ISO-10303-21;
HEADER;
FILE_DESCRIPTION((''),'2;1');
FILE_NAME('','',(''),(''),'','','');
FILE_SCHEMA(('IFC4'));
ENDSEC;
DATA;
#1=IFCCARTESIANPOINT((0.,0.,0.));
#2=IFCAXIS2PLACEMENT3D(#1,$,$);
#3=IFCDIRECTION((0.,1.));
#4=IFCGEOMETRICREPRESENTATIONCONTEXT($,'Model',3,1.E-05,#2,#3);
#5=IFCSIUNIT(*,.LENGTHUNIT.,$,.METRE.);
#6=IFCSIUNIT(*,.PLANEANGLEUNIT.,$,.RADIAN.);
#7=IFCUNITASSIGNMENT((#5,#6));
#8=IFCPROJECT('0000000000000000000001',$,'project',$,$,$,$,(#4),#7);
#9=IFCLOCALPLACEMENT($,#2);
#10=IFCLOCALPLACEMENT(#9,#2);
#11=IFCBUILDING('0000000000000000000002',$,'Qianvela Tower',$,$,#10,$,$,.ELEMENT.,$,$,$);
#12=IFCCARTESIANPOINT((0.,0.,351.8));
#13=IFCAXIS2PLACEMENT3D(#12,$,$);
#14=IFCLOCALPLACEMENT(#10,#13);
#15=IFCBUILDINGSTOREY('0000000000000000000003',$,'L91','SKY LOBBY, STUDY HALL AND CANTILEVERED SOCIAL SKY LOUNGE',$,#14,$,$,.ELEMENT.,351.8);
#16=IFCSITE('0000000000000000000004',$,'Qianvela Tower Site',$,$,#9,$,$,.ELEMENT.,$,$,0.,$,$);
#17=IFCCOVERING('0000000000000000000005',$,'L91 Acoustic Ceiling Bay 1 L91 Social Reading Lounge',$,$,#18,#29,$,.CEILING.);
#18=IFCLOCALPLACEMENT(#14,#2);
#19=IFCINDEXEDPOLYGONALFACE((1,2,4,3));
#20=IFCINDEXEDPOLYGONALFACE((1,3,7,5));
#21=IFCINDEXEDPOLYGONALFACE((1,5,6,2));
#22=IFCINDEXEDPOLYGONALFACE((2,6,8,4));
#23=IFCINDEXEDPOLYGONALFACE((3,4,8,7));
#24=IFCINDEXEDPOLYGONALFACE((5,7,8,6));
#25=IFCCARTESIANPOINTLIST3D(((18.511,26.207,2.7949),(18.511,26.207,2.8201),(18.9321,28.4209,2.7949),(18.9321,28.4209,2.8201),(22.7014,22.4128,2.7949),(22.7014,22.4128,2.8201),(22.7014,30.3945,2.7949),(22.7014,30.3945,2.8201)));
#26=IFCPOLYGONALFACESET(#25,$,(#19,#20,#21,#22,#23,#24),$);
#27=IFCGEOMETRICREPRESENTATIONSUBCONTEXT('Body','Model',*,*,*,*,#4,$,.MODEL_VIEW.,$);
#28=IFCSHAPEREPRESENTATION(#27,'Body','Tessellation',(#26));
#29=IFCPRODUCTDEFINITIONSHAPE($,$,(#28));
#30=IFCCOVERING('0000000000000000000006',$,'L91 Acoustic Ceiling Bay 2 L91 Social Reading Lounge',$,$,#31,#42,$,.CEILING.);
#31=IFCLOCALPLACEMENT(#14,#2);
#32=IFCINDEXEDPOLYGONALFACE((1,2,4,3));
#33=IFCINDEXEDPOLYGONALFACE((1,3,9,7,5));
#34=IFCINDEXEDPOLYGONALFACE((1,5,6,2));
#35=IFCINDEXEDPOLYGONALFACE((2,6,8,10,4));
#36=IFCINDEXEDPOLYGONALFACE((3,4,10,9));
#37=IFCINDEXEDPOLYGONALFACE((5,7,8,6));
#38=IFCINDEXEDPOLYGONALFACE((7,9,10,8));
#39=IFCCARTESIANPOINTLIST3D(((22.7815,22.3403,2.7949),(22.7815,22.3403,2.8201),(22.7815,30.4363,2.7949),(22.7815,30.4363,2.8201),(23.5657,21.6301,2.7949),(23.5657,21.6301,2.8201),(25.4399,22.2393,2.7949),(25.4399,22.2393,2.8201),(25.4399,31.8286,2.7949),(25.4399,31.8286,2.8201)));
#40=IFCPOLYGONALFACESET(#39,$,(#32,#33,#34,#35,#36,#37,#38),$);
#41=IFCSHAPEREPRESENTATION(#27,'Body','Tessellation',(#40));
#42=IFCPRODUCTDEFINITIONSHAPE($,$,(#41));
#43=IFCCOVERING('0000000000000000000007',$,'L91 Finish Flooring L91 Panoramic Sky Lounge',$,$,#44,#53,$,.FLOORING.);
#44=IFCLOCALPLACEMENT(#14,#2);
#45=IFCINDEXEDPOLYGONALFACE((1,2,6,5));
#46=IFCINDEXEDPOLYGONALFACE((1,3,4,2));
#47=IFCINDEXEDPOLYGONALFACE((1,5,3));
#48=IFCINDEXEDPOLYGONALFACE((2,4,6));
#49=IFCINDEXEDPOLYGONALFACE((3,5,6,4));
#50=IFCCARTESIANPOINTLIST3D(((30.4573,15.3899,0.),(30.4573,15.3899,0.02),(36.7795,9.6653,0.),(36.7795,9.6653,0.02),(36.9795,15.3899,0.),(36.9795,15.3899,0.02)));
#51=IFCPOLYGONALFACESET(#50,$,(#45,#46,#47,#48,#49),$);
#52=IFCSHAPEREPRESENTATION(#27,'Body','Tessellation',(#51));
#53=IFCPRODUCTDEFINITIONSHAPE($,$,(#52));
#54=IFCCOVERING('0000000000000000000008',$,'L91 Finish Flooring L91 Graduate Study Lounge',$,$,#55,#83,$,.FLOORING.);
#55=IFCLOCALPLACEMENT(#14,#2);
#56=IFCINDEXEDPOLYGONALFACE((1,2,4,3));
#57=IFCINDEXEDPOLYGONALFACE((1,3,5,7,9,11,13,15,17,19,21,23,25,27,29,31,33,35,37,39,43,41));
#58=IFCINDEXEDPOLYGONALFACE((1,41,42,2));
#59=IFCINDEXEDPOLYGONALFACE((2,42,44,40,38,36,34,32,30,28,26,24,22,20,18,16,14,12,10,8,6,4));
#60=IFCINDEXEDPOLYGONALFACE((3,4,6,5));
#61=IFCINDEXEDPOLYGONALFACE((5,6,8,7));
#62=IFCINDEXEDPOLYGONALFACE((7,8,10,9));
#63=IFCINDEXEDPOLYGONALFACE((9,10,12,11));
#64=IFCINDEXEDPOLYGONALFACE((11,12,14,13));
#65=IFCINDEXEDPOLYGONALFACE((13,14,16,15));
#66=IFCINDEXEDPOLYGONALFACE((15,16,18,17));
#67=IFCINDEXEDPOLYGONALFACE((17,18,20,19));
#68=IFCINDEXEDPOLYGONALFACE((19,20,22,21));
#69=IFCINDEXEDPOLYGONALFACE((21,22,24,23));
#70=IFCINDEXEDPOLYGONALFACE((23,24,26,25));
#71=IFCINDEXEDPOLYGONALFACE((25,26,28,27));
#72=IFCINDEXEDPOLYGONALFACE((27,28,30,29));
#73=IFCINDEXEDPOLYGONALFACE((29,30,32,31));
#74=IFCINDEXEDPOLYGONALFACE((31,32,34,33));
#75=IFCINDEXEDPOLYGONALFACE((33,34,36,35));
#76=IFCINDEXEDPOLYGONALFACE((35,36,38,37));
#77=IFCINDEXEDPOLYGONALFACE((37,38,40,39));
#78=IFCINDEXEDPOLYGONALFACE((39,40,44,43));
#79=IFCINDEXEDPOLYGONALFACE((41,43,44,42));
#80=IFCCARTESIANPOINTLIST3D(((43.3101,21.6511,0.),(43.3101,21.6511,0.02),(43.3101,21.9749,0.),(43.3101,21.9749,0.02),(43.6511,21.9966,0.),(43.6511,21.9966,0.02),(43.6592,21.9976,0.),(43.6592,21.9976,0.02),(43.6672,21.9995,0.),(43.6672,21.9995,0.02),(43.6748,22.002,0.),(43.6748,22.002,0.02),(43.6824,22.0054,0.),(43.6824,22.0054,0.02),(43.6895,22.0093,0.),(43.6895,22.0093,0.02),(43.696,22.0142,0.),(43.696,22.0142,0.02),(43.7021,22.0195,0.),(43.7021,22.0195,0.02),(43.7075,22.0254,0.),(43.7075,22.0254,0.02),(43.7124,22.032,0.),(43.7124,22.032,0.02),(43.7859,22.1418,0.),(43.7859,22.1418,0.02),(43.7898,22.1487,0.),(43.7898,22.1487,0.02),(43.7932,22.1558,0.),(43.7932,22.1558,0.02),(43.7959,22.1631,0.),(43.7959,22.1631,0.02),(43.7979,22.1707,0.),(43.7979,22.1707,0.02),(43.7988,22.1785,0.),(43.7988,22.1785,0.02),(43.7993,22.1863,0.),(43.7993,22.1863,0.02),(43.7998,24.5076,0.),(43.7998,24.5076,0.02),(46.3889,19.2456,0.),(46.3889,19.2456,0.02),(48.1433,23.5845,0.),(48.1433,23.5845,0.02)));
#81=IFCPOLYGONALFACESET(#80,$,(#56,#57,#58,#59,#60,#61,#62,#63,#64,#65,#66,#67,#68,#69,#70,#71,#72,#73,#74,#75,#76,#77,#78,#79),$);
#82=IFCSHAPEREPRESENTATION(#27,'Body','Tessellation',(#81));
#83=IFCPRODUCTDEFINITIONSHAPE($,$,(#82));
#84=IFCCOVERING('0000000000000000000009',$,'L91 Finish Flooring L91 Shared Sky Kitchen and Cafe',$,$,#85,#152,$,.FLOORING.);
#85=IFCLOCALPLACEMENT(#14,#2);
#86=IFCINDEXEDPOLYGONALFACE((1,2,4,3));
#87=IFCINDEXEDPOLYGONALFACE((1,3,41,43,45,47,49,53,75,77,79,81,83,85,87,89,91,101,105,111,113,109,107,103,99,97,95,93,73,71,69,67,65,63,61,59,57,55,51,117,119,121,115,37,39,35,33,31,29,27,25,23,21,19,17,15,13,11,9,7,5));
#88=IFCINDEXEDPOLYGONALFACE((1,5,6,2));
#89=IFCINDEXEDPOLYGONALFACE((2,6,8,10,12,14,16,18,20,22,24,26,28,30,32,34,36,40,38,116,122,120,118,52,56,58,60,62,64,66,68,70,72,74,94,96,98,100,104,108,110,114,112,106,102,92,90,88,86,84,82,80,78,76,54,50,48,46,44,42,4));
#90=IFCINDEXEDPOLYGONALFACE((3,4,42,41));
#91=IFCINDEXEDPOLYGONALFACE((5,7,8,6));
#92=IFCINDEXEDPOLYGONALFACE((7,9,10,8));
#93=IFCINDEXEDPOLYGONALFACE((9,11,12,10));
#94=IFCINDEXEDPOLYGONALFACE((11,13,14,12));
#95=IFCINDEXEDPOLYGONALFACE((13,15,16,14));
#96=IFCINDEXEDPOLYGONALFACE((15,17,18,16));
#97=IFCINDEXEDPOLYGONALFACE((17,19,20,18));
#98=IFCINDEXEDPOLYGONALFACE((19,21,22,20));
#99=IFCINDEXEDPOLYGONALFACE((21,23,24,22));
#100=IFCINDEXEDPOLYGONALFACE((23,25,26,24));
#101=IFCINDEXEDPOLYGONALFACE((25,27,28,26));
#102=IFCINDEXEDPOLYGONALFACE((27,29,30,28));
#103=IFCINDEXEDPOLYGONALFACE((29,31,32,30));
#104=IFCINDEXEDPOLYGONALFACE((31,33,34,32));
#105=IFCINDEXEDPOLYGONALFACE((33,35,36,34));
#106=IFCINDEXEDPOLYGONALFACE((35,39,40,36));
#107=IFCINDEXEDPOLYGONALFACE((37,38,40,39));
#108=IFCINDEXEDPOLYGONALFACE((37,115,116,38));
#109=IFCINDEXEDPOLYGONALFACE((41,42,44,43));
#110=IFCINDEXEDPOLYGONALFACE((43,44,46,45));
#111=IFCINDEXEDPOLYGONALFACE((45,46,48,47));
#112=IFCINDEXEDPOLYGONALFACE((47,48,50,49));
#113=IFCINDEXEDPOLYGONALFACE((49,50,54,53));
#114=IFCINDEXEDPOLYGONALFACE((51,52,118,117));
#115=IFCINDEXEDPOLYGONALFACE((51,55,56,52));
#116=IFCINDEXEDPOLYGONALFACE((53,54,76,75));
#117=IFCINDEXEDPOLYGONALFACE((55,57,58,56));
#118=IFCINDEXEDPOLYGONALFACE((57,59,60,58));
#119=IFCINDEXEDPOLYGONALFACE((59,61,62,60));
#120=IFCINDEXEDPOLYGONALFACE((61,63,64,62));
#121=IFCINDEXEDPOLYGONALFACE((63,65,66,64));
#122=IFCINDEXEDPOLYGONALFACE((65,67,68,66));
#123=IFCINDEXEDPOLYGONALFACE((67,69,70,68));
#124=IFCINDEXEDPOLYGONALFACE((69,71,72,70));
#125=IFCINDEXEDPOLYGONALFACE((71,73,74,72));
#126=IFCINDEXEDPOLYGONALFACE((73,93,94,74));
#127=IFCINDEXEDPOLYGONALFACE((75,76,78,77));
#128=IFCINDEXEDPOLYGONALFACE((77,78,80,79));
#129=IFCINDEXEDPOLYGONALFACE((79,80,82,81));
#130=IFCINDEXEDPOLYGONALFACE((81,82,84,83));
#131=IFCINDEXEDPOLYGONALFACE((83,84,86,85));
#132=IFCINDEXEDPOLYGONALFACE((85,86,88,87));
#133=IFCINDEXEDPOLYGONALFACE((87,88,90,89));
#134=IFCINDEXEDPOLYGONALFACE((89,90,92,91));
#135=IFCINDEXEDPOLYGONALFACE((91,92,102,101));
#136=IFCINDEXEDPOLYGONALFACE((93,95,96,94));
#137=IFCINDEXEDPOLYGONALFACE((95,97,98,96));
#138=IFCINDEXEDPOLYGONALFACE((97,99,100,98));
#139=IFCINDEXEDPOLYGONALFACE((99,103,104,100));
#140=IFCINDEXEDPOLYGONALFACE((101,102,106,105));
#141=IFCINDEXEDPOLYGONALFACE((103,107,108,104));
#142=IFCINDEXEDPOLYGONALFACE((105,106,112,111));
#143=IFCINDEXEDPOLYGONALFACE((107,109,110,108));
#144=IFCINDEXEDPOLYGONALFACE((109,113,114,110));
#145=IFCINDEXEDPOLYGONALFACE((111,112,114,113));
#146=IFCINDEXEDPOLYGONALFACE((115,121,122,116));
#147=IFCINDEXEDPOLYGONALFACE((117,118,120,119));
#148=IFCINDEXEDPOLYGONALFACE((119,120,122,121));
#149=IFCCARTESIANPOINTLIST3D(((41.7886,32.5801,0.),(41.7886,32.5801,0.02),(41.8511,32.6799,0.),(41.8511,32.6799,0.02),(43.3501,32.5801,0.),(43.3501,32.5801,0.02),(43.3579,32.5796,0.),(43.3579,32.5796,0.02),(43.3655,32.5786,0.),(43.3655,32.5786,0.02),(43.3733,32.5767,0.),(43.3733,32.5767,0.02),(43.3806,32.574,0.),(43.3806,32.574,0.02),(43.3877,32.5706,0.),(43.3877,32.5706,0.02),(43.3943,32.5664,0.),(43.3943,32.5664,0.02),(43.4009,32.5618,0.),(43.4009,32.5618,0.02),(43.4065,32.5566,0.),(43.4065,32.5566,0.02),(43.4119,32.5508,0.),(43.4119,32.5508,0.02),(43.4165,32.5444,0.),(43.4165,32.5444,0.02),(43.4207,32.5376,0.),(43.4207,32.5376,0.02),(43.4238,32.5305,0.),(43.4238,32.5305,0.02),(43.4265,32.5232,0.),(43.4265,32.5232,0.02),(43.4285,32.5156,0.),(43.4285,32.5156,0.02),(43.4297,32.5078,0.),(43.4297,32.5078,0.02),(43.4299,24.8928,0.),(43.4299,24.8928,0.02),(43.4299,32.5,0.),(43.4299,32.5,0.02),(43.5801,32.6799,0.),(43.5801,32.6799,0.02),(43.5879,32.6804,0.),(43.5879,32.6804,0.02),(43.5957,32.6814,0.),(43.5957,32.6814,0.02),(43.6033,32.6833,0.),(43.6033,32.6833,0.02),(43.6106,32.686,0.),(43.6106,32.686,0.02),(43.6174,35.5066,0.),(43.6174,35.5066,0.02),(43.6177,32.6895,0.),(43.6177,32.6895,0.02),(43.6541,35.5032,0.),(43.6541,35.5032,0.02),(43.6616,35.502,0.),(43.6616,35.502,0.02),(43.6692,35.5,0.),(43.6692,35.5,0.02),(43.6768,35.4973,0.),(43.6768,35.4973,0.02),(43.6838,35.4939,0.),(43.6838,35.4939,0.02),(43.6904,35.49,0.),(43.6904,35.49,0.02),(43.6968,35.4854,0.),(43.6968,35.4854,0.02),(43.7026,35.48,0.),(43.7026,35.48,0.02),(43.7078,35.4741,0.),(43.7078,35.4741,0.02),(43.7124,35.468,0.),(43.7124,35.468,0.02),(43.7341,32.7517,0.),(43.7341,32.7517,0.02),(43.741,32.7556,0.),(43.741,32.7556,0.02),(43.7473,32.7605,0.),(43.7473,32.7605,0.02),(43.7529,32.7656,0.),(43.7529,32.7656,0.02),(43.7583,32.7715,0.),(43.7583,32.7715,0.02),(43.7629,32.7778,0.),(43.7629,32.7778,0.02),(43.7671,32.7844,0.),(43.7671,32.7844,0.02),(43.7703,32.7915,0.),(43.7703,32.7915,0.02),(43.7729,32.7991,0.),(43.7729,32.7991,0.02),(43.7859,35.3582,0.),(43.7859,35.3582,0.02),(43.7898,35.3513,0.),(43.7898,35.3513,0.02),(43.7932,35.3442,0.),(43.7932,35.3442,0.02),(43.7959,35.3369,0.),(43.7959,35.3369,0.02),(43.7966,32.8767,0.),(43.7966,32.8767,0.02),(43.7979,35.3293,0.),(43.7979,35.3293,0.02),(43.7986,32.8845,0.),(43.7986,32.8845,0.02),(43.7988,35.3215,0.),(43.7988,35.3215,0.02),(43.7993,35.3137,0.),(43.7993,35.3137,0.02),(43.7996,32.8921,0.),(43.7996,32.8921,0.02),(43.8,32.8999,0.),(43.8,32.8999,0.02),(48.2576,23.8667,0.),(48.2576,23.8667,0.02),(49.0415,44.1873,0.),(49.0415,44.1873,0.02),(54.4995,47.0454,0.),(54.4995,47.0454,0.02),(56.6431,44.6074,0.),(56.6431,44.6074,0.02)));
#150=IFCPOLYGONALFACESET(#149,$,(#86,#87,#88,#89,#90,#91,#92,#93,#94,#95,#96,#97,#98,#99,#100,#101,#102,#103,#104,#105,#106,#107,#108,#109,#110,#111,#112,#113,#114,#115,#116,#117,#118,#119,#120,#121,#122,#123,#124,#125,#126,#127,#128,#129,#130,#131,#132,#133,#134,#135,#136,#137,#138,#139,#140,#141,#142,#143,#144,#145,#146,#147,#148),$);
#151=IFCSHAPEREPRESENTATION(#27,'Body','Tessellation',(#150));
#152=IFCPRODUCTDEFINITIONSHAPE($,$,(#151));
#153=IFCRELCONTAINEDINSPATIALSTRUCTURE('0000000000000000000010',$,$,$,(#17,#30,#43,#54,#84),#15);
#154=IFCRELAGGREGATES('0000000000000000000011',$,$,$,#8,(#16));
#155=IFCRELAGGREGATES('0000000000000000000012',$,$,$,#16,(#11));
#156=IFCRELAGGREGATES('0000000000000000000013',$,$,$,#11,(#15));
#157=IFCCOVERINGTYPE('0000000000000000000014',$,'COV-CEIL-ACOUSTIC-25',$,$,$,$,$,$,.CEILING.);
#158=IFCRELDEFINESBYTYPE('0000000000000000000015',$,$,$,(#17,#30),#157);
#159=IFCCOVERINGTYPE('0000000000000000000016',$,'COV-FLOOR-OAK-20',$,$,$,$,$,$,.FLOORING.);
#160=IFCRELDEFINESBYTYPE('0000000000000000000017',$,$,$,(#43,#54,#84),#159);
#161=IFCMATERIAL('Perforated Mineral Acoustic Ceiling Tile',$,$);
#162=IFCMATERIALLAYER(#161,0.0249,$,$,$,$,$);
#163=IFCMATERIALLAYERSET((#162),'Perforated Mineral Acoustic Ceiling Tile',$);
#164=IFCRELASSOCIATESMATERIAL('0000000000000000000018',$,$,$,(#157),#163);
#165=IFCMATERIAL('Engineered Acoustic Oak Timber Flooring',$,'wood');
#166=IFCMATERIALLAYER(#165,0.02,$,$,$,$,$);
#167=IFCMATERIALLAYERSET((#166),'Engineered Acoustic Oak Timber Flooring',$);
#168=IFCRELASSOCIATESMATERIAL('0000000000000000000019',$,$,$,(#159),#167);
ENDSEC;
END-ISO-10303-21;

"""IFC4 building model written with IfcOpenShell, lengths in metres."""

from ifc_helpers import new_model, si_unit, direction, frame, origin, place, context, subcontext, project, spatial, polyline, outline, extrude, material, layer, layer_set, type_object, element, save


model = new_model("IFC4")

# Units and contexts
model_context = context("Model", 3, precision=1e-05, world=origin(), true_north=direction((0.0, 1.0)))
body_context = subcontext(model_context, "Body", "Model", "MODEL_VIEW")
ifc_project = project(units=[si_unit("LENGTHUNIT", "METRE"), si_unit("PLANEANGLEUNIT", "RADIAN")], contexts=[model_context])

# Site, building, storey
site_placement = place(None, origin())
site = spatial("IfcSite", under=ifc_project, at=site_placement, Name="Qianvela Tower Site", CompositionType="ELEMENT", RefElevation=0.0)
building_placement = place(site_placement, origin())
building = spatial("IfcBuilding", under=site, at=building_placement, Name="Qianvela Tower", CompositionType="ELEMENT")
storey_placement = place(building_placement, frame((0.0, 0.0, 351.8)))
storey = spatial("IfcBuildingStorey", under=building, at=storey_placement, Name="L91", Description="SKY LOBBY, STUDY HALL AND CANTILEVERED SOCIAL SKY LOUNGE", CompositionType="ELEMENT", Elevation=351.8)

# Coverings
ifc_material_1 = material(Name="Perforated Mineral Acoustic Ceiling Tile")
ifc_layer_1 = layer(ifc_material_1, 0.0249)
ifc_layer_set_1 = layer_set([ifc_layer_1], Name="Perforated Mineral Acoustic Ceiling Tile")
covering_type_1 = type_object("IfcCoveringType", Name="COV-CEIL-ACOUSTIC-25", PredefinedType="CEILING", material=ifc_layer_set_1)
covering_1_placement = place(storey_placement, frame((0.0, 0.0, 2.7949)))
element("IfcCovering", 1, at=covering_1_placement, inside=storey, type_object=covering_type_1, Name="L91 Acoustic Ceiling Bay 1 L91 Social Reading Lounge", PredefinedType="CEILING", context=body_context, shape_type="SweptSolid", body=[
    extrude(outline(polyline([(18.511, 26.207), (18.9321, 28.4209), (22.7014, 30.3945), (22.7014, 22.4128), (18.511, 26.207)])), origin(), (0.0, 0.0, 1.0), 0.0251),
])
covering_2_placement = place(storey_placement, frame((0.0, 0.0, 2.7949)))
element("IfcCovering", 2, at=covering_2_placement, inside=storey, type_object=covering_type_1, Name="L91 Acoustic Ceiling Bay 2 L91 Social Reading Lounge", PredefinedType="CEILING", context=body_context, shape_type="SweptSolid", body=[
    extrude(outline(polyline([(23.5657, 21.6301), (22.7815, 22.3403), (22.7815, 30.4363), (25.4399, 31.8286), (25.4399, 22.2393), (23.5657, 21.6301)])), origin(), (0.0, 0.0, 1.0), 0.0251),
])
ifc_material_2 = material(Name="Engineered Acoustic Oak Timber Flooring", Category="wood")
ifc_layer_2 = layer(ifc_material_2, 0.02)
ifc_layer_set_2 = layer_set([ifc_layer_2], Name="Engineered Acoustic Oak Timber Flooring")
covering_type_2 = type_object("IfcCoveringType", Name="COV-FLOOR-OAK-20", PredefinedType="FLOORING", material=ifc_layer_set_2)
covering_3_placement = place(storey_placement, origin())
element("IfcCovering", 3, at=covering_3_placement, inside=storey, type_object=covering_type_2, Name="L91 Finish Flooring L91 Panoramic Sky Lounge", PredefinedType="FLOORING", context=body_context, shape_type="SweptSolid", body=[
    extrude(outline(polyline([(36.7795, 9.6653), (30.4573, 15.3899), (36.9795, 15.3899), (36.7795, 9.6653)])), origin(), (0.0, 0.0, 1.0), 0.02),
])
covering_4_placement = place(storey_placement, origin())
element("IfcCovering", 4, at=covering_4_placement, inside=storey, type_object=covering_type_2, Name="L91 Finish Flooring L91 Graduate Study Lounge", PredefinedType="FLOORING", context=body_context, shape_type="SweptSolid", body=[
    extrude(outline(polyline([(43.6511, 21.9966), (43.6592, 21.9976), (43.6672, 21.9995), (43.6748, 22.002), (43.6824, 22.0054), (43.6895, 22.0093), (43.696, 22.0142), (43.7021, 22.0195), (43.7075, 22.0254), (43.7124, 22.032), (43.7859, 22.1418), (43.7898, 22.1487), (43.7932, 22.1558), (43.7959, 22.1631), (43.7979, 22.1707), (43.7988, 22.1785), (43.7993, 22.1863), (43.7998, 24.5076), (48.1433, 23.5845), (46.3889, 19.2456), (43.3101, 21.6511), (43.3101, 21.9749), (43.6511, 21.9966)])), origin(), (0.0, 0.0, 1.0), 0.02),
])
covering_5_placement = place(storey_placement, origin())
element("IfcCovering", 5, at=covering_5_placement, inside=storey, type_object=covering_type_2, Name="L91 Finish Flooring L91 Shared Sky Kitchen and Cafe", PredefinedType="FLOORING", context=body_context, shape_type="SweptSolid", body=[
    extrude(outline(polyline([(41.7886, 32.5801), (41.8511, 32.6799), (43.5801, 32.6799), (43.5879, 32.6804), (43.5957, 32.6814), (43.6033, 32.6833), (43.6106, 32.686), (43.6177, 32.6895), (43.7341, 32.7517), (43.741, 32.7556), (43.7473, 32.7605), (43.7529, 32.7656), (43.7583, 32.7715), (43.7629, 32.7778), (43.7671, 32.7844), (43.7703, 32.7915), (43.7729, 32.7991), (43.7966, 32.8767), (43.7986, 32.8845), (43.7996, 32.8921), (43.8, 32.8999), (43.7993, 35.3137), (43.7988, 35.3215), (43.7979, 35.3293), (43.7959, 35.3369), (43.7932, 35.3442), (43.7898, 35.3513), (43.7859, 35.3582), (43.7124, 35.468), (43.7078, 35.4741), (43.7026, 35.48), (43.6968, 35.4854), (43.6904, 35.49), (43.6838, 35.4939), (43.6768, 35.4973), (43.6692, 35.5), (43.6616, 35.502), (43.6541, 35.5032), (43.6174, 35.5066), (49.0415, 44.1873), (54.4995, 47.0454), (56.6431, 44.6074), (48.2576, 23.8667), (43.4299, 24.8928), (43.4299, 32.5), (43.4297, 32.5078), (43.4285, 32.5156), (43.4265, 32.5232), (43.4238, 32.5305), (43.4207, 32.5376), (43.4165, 32.5444), (43.4119, 32.5508), (43.4065, 32.5566), (43.4009, 32.5618), (43.3943, 32.5664), (43.3877, 32.5706), (43.3806, 32.574), (43.3733, 32.5767), (43.3655, 32.5786), (43.3579, 32.5796), (43.3501, 32.5801), (41.7886, 32.5801)])), origin(), (0.0, 0.0, 1.0), 0.02),
])

save(model, "model.ifc")
